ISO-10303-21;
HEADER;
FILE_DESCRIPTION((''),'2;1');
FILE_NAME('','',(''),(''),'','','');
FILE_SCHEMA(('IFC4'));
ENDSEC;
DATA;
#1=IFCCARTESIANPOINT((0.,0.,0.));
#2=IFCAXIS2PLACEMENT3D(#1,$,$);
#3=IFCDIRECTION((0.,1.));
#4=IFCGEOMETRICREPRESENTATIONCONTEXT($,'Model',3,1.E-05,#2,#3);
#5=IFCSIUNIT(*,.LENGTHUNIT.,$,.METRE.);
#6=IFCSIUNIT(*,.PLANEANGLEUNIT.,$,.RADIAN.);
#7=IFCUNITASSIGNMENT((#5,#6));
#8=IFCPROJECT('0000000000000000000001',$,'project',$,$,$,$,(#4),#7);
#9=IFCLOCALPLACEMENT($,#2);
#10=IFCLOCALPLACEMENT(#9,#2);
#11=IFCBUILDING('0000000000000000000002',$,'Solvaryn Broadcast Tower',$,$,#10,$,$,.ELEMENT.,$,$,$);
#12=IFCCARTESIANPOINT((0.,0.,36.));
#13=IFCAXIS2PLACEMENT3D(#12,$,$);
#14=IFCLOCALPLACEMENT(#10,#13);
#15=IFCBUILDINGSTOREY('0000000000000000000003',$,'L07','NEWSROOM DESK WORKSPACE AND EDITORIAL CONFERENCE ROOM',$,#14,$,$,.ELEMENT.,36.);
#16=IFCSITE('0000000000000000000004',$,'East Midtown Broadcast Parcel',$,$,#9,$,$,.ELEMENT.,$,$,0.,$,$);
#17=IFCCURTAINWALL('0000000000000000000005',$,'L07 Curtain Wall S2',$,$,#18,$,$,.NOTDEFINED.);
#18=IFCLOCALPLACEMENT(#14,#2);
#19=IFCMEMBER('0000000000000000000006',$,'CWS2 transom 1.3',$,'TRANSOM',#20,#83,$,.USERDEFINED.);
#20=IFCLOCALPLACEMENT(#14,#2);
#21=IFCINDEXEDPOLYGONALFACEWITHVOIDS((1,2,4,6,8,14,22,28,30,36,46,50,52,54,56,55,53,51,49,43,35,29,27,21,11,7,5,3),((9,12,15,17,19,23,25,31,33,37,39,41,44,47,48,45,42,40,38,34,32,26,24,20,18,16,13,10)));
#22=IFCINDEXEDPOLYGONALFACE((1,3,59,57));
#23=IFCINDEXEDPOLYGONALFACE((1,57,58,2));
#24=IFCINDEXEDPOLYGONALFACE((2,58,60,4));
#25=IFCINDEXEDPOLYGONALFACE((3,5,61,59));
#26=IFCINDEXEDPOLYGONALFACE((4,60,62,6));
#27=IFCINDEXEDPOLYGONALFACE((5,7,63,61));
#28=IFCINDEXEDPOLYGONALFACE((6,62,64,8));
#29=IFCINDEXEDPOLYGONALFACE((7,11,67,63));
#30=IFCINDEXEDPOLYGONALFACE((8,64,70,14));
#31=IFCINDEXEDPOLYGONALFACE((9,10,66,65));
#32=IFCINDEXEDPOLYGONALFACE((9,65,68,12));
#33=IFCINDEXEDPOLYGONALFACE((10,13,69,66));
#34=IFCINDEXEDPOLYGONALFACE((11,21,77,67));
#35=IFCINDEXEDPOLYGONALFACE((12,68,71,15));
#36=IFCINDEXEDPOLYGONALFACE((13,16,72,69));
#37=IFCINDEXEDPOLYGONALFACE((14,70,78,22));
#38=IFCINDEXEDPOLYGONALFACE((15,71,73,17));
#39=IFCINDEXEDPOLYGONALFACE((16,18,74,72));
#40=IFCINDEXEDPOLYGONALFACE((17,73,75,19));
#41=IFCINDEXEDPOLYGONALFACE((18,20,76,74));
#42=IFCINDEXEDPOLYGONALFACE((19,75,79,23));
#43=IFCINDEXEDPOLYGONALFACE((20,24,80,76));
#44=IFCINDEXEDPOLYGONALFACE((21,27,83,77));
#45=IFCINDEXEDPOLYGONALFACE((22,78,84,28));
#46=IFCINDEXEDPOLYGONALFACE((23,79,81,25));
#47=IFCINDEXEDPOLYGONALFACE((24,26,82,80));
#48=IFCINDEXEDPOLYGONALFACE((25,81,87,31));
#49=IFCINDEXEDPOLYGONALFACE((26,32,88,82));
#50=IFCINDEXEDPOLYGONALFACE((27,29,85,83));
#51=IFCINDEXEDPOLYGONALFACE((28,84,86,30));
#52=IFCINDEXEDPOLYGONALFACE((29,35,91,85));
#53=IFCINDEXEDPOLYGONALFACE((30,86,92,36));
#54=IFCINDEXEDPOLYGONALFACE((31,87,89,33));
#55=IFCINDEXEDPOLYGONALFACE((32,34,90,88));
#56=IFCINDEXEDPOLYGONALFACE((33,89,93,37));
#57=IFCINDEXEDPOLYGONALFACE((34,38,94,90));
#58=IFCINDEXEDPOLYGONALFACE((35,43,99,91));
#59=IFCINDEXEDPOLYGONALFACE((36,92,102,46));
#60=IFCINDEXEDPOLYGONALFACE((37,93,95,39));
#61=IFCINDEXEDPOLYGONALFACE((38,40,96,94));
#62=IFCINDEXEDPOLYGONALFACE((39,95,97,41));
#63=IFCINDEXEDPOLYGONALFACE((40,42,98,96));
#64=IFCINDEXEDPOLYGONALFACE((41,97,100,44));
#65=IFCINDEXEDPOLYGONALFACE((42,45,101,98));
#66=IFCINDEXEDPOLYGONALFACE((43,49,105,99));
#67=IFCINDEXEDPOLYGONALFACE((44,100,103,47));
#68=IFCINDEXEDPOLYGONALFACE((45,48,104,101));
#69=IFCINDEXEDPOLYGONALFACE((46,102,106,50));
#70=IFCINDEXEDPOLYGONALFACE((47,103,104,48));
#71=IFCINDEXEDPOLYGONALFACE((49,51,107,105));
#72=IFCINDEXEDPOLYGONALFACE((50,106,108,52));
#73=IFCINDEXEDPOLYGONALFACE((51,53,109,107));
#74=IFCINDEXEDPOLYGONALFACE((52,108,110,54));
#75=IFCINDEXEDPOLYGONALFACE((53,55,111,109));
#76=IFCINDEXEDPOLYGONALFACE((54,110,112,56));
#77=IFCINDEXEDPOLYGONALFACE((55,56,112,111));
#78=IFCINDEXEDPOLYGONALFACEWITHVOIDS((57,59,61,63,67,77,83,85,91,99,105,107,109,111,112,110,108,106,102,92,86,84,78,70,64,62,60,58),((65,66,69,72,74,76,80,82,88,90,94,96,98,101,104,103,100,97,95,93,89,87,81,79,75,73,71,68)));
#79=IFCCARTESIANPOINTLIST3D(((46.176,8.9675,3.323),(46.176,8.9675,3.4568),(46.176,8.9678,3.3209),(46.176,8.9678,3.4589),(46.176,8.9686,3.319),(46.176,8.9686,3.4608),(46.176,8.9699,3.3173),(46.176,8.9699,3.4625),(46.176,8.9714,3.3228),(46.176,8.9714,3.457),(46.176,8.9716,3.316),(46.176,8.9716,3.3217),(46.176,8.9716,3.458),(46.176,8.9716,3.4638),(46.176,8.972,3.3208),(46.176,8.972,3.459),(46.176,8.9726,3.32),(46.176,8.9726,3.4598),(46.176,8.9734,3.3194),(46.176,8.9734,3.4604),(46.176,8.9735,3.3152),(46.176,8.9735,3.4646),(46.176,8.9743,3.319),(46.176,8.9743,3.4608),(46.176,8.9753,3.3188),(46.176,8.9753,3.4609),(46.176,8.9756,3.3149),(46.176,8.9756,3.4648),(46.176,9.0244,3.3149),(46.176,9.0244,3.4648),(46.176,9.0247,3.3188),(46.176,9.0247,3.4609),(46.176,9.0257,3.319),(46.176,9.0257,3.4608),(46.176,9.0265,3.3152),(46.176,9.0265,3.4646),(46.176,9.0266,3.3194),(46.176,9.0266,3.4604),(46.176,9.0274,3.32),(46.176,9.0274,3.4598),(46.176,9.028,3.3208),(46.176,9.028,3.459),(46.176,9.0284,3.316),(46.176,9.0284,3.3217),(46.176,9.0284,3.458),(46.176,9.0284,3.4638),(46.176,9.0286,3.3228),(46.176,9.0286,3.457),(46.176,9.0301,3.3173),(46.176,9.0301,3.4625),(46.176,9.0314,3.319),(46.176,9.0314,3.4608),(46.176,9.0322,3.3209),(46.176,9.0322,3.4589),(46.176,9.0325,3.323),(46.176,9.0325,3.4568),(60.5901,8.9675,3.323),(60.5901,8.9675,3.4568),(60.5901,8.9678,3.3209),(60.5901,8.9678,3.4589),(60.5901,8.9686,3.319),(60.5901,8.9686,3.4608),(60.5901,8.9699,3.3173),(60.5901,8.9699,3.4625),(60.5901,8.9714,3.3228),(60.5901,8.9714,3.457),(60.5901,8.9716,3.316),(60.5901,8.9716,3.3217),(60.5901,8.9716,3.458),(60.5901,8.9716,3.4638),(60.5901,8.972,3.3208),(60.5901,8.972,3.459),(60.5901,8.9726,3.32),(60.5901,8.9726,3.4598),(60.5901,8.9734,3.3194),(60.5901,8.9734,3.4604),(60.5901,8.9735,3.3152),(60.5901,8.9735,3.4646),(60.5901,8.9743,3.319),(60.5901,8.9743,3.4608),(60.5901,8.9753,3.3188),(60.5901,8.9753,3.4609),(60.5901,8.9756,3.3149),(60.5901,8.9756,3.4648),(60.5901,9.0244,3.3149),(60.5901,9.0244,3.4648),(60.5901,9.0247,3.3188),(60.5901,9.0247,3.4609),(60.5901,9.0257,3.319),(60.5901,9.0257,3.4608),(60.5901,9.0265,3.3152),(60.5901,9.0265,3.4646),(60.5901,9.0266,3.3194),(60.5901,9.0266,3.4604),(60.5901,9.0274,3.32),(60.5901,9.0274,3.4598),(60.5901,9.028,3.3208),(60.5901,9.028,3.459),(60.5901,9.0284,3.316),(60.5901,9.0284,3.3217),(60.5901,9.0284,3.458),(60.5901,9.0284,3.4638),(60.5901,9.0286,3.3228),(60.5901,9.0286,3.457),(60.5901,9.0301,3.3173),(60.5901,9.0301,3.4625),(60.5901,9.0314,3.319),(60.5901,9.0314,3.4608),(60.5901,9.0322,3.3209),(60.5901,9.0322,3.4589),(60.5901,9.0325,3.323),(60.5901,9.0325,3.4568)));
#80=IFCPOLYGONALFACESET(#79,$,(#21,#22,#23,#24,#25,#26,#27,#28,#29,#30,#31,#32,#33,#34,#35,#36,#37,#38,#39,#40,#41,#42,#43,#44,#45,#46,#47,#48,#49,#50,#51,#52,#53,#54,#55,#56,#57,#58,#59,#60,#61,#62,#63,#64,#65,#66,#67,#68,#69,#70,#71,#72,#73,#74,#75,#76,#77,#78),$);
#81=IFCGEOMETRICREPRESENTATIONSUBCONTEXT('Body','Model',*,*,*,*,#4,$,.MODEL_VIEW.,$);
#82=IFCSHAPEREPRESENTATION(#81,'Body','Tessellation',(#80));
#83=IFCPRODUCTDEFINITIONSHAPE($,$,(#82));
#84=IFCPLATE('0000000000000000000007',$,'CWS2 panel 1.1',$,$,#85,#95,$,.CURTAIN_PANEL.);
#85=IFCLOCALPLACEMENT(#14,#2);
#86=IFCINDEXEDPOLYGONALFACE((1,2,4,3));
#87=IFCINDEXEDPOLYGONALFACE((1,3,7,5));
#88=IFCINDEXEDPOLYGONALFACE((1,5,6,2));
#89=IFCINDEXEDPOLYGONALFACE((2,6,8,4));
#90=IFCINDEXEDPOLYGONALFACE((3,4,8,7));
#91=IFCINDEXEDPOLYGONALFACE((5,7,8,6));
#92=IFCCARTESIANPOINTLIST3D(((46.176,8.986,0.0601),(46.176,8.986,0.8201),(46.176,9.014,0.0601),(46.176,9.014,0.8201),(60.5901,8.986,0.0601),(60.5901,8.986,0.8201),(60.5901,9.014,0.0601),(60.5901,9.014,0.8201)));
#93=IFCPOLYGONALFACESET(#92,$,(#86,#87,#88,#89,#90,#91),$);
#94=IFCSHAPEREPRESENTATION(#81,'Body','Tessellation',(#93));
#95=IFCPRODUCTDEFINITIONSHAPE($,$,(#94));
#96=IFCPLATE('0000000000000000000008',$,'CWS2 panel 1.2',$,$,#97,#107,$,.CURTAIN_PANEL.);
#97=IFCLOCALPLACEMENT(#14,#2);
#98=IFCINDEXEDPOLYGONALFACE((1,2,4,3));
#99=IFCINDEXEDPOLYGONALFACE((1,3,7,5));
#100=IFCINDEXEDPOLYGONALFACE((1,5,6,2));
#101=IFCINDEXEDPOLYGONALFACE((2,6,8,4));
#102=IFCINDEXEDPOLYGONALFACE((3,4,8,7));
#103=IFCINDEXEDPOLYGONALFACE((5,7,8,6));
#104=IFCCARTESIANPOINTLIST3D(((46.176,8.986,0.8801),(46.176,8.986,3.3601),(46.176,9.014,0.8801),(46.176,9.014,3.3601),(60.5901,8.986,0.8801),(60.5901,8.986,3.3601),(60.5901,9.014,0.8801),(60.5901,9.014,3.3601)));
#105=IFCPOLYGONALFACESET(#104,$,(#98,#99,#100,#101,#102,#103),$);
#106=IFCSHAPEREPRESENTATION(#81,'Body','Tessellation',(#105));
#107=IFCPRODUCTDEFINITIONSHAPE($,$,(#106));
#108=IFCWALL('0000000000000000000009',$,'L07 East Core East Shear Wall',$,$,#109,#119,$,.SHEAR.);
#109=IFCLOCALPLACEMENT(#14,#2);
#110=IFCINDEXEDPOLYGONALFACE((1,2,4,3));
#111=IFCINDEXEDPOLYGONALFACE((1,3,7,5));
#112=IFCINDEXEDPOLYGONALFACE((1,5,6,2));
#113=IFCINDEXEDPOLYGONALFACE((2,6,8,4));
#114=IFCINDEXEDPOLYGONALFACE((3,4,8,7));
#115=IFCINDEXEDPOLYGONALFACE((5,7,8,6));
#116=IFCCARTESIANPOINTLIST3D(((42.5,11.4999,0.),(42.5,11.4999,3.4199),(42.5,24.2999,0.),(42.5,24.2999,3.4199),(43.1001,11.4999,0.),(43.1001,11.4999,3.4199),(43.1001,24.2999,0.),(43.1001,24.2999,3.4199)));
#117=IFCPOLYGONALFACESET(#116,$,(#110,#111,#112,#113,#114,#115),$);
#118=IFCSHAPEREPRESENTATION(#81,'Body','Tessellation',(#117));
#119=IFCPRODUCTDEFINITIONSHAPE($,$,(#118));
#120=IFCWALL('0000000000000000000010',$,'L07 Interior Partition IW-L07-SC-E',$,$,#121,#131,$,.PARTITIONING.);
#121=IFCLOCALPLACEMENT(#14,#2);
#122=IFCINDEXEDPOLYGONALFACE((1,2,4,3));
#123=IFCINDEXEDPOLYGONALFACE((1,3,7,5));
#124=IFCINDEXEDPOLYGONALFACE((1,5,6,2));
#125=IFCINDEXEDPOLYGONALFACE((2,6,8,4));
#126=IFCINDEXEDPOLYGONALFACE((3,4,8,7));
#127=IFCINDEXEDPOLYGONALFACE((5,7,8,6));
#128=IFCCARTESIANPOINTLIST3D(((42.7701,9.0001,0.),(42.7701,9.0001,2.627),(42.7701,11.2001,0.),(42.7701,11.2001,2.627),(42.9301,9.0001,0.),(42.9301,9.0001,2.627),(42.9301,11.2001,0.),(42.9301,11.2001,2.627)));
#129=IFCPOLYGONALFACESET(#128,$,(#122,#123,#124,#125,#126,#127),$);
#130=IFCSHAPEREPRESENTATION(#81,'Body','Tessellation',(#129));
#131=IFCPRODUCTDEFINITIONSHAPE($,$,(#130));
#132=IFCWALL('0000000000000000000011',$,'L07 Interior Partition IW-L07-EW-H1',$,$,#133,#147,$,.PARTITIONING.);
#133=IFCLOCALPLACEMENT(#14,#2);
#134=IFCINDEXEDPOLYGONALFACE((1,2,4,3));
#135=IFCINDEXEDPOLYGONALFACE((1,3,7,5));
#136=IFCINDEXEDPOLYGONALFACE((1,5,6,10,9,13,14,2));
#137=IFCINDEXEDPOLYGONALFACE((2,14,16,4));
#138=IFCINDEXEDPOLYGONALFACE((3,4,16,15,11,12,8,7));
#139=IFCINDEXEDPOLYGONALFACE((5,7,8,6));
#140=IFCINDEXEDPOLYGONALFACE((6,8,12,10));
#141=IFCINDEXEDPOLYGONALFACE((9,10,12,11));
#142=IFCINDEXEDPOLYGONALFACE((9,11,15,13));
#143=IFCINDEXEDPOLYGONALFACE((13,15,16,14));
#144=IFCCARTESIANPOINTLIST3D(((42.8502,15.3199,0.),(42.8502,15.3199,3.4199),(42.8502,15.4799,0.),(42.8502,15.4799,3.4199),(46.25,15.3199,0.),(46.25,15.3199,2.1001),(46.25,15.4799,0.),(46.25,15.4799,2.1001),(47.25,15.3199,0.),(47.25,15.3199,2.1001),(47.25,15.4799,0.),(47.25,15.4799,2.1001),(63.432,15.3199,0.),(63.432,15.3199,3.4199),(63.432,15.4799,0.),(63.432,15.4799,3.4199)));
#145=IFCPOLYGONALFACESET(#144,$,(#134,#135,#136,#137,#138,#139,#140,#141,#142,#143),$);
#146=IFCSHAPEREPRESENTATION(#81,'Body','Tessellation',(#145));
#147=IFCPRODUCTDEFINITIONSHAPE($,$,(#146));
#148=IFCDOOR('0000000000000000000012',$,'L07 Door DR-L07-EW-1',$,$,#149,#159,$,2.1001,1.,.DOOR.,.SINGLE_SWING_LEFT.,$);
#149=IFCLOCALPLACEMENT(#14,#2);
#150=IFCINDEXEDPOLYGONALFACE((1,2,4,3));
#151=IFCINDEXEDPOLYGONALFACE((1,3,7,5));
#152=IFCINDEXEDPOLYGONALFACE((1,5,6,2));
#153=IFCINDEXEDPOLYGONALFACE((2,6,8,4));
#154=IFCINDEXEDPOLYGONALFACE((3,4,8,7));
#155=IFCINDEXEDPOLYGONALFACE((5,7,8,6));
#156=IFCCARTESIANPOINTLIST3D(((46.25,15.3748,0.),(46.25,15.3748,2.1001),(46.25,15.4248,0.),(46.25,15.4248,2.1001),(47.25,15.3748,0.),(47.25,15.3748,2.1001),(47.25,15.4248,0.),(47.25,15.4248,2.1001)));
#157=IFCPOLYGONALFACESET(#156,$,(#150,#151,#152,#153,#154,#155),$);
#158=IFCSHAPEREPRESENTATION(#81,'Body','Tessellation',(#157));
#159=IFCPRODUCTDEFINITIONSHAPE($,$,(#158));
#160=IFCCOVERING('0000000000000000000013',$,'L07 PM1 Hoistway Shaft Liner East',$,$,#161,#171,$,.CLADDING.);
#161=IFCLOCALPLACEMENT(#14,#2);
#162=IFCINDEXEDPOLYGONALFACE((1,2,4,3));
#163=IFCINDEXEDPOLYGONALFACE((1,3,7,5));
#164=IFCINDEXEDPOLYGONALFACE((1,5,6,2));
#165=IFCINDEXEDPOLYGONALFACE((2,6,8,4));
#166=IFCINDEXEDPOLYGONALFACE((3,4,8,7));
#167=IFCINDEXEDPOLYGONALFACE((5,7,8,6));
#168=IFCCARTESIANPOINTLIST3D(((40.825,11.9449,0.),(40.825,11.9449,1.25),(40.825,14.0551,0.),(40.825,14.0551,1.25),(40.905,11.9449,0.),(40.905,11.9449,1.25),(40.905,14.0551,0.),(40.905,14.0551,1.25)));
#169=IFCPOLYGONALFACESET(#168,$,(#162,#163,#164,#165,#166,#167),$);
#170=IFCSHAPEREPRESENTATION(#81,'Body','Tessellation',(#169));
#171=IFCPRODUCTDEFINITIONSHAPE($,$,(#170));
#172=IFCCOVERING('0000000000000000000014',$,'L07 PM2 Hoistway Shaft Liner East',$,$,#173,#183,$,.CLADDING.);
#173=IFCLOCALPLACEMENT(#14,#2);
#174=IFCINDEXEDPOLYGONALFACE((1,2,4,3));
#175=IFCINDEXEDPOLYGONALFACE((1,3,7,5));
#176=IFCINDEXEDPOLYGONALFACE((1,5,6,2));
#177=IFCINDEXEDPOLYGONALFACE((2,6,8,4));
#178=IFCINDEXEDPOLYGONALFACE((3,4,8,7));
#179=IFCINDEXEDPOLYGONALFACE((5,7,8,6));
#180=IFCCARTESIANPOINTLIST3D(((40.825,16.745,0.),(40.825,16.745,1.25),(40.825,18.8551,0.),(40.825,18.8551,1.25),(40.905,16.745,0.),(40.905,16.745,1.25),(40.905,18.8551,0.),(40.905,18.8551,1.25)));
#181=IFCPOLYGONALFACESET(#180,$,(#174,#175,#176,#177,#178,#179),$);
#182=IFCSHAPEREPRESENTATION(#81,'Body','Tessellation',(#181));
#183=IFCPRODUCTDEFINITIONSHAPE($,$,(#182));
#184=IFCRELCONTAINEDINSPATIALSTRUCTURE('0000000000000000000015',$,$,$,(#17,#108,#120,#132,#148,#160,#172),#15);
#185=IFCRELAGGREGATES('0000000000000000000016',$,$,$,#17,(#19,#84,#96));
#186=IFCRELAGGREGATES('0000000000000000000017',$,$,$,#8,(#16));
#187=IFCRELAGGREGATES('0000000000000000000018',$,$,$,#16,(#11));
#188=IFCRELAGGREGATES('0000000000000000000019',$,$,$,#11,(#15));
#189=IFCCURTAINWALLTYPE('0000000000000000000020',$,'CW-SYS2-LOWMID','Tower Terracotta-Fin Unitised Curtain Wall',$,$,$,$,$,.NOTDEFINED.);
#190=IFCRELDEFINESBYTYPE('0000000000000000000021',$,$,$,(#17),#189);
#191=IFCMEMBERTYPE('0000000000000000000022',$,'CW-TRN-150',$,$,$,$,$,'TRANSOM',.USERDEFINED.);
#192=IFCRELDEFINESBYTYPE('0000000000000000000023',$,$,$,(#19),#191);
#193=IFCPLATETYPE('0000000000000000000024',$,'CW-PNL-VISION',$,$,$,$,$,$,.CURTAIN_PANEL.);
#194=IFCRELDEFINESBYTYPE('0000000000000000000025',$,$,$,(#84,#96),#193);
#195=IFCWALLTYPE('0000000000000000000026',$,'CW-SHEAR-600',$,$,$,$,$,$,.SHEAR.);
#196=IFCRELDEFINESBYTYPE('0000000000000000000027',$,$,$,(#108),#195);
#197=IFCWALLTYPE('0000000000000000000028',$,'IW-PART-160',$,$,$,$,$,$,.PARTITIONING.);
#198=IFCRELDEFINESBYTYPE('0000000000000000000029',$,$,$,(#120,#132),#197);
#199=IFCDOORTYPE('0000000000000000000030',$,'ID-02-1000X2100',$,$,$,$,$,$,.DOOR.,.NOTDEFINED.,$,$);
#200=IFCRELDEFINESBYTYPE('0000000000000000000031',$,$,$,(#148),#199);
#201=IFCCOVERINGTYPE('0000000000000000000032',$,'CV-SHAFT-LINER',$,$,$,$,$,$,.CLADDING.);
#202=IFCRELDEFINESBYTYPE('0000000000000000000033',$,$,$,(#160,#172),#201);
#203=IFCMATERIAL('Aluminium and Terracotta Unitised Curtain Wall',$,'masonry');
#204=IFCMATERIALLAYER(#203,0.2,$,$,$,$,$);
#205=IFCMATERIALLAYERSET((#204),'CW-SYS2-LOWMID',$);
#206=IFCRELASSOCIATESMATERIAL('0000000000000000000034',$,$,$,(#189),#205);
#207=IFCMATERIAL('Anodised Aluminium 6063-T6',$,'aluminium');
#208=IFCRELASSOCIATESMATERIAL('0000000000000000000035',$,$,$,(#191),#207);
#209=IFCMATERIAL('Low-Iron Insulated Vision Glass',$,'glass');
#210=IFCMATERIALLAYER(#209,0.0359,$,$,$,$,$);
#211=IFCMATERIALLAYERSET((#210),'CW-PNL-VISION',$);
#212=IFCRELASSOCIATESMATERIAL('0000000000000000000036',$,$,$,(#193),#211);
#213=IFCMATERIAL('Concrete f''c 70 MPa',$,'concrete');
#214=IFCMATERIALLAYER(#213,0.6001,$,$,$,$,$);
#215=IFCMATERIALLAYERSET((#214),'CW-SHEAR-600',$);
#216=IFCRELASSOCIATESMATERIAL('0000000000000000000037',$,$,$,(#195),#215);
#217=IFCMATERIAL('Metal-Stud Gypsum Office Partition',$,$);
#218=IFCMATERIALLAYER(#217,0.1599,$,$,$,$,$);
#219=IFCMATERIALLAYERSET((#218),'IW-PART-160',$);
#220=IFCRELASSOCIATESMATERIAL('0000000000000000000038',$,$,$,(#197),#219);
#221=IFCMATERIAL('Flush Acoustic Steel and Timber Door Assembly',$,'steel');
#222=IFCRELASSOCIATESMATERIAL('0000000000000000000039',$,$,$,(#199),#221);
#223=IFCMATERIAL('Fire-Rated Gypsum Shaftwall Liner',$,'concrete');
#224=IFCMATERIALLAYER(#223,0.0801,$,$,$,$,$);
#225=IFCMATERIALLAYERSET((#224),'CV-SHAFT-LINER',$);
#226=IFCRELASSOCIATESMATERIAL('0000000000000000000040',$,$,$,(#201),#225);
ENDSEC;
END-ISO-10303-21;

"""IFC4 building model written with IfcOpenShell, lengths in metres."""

from ifc_helpers import new_model, si_unit, direction, frame, frame_2d, origin, origin_2d, place, context, subcontext, project, spatial, rectangle, hollow_rectangle, extrude, material, layer, layer_set, material_profile, profile_set, type_object, element, fill, aggregate, save


model = new_model("IFC4")

# Units and contexts
model_context = context("Model", 3, precision=1e-05, world=origin(), true_north=direction((0.0, 1.0)))
body_context = subcontext(model_context, "Body", "Model", "MODEL_VIEW")
ifc_project = project(units=[si_unit("LENGTHUNIT", "METRE"), si_unit("PLANEANGLEUNIT", "RADIAN")], contexts=[model_context])

# Site, building, storey
site_placement = place(None, origin())
site = spatial("IfcSite", under=ifc_project, at=site_placement, Name="East Midtown Broadcast Parcel", CompositionType="ELEMENT", RefElevation=0.0)
building_placement = place(site_placement, origin())
building = spatial("IfcBuilding", under=site, at=building_placement, Name="Solvaryn Broadcast Tower", CompositionType="ELEMENT")
storey_placement = place(building_placement, frame((0.0, 0.0, 36.0)))
storey = spatial("IfcBuildingStorey", under=building, at=storey_placement, Name="L07", Description="NEWSROOM DESK WORKSPACE AND EDITORIAL CONFERENCE ROOM", CompositionType="ELEMENT", Elevation=36.0)

# Shared definitions
ifc_material_1 = material(Name="Aluminium and Terracotta Unitised Curtain Wall", Category="masonry")
ifc_layer_1 = layer(ifc_material_1, 0.2)
ifc_layer_set_1 = layer_set([ifc_layer_1], Name="CW-SYS2-LOWMID")
curtain_wall_type = type_object("IfcCurtainWallType", Name="CW-SYS2-LOWMID", Description="Tower Terracotta-Fin Unitised Curtain Wall", PredefinedType="NOTDEFINED", material=ifc_layer_set_1)

# Curtain wall, member, plates
curtain_wall_1_placement = place(storey_placement, origin())
curtain_wall_1 = element("IfcCurtainWall", 1, at=curtain_wall_1_placement, inside=storey, type_object=curtain_wall_type, Name="L07 Curtain Wall S2", PredefinedType="NOTDEFINED")
ifc_material_2 = material(Name="Anodised Aluminium 6063-T6", Category="aluminium")
ifc_material_profile_1 = material_profile(ifc_material_2, hollow_rectangle(XDim=0.0649, YDim=0.1499, WallThickness=0.0039, InnerFilletRadius=0.0039, OuterFilletRadius=0.0081, at=origin_2d()))
ifc_profile_set_1 = profile_set([ifc_material_profile_1], Name="Anodised Aluminium 6063-T6")
member_type_1 = type_object("IfcMemberType", Name="CW-TRN-150", ElementType="TRANSOM", PredefinedType="USERDEFINED", material=ifc_profile_set_1)
member_1_placement = place(storey_placement, frame((46.176, 9.0, 3.3899), z_axis=(1.0, 0.0, 0.0), x_axis=(0.0, 1.0, 0.0)))
member_1 = element("IfcMember", 2, at=member_1_placement, type_object=member_type_1, Name="CWS2 transom 1.3", ObjectType="TRANSOM", PredefinedType="USERDEFINED", context=body_context, shape_type="SweptSolid", body=[
    extrude(hollow_rectangle(XDim=0.0649, YDim=0.1499, WallThickness=0.0039, InnerFilletRadius=0.0039, OuterFilletRadius=0.0081, at=origin_2d()), origin(), (0.0, 0.0, 1.0), 14.4141),
])
ifc_material_3 = material(Name="Low-Iron Insulated Vision Glass", Category="glass")
ifc_layer_2 = layer(ifc_material_3, 0.0359)
ifc_layer_set_2 = layer_set([ifc_layer_2], Name="CW-PNL-VISION")
plate_type = type_object("IfcPlateType", Name="CW-PNL-VISION", PredefinedType="CURTAIN_PANEL", material=ifc_layer_set_2)
plate_1_placement = place(storey_placement, frame((53.3831, 9.0, 0.0601), z_axis=(0.0, 0.0, 1.0), x_axis=(1.0, 0.0, 0.0)))
plate_1 = element("IfcPlate", 3, at=plate_1_placement, type_object=plate_type, Name="CWS2 panel 1.1", PredefinedType="CURTAIN_PANEL", context=body_context, shape_type="SweptSolid", body=[
    extrude(rectangle(XDim=14.4141, YDim=0.0281, at=origin_2d()), origin(), (0.0, 0.0, 1.0), 0.76),
])
plate_2_placement = place(storey_placement, frame((53.3831, 9.0, 0.8801), z_axis=(0.0, 0.0, 1.0), x_axis=(1.0, 0.0, 0.0)))
plate_2 = element("IfcPlate", 4, at=plate_2_placement, type_object=plate_type, Name="CWS2 panel 1.2", PredefinedType="CURTAIN_PANEL", context=body_context, shape_type="SweptSolid", body=[
    extrude(rectangle(XDim=14.4141, YDim=0.0281, at=origin_2d()), origin(), (0.0, 0.0, 1.0), 2.48),
])
aggregate(curtain_wall_1, [member_1, plate_1, plate_2])

# Walls
ifc_material_4 = material(Name="Concrete f'c 70 MPa", Category="concrete")
ifc_layer_3 = layer(ifc_material_4, 0.6001)
ifc_layer_set_3 = layer_set([ifc_layer_3], Name="CW-SHEAR-600")
wall_type_1 = type_object("IfcWallType", Name="CW-SHEAR-600", PredefinedType="SHEAR", material=ifc_layer_set_3)
wall_1_placement = place(storey_placement, frame((42.8, 11.5, 0.0), z_axis=(0.0, 0.0, 1.0), x_axis=(0.0, 1.0, 0.0)))
element("IfcWall", 5, at=wall_1_placement, inside=storey, type_object=wall_type_1, Name="L07 East Core East Shear Wall", PredefinedType="SHEAR", context=body_context, shape_type="SweptSolid", body=[
    extrude(rectangle(XDim=12.8, YDim=0.6001, at=frame_2d((6.3999, 0.0))), origin(), (0.0, 0.0, 1.0), 3.4199),
])
ifc_material_5 = material(Name="Metal-Stud Gypsum Office Partition")
ifc_layer_4 = layer(ifc_material_5, 0.1599)
ifc_layer_set_4 = layer_set([ifc_layer_4], Name="IW-PART-160")
wall_type_2 = type_object("IfcWallType", Name="IW-PART-160", PredefinedType="PARTITIONING", material=ifc_layer_set_4)
wall_2_placement = place(storey_placement, frame((42.8501, 9.0, 0.0), z_axis=(0.0, 0.0, 1.0), x_axis=(0.0, 1.0, 0.0)))
element("IfcWall", 6, at=wall_2_placement, inside=storey, type_object=wall_type_2, Name="L07 Interior Partition IW-L07-SC-E", PredefinedType="PARTITIONING", context=body_context, shape_type="SweptSolid", body=[
    extrude(rectangle(XDim=2.2, YDim=0.1599, at=frame_2d((1.1001, 0.0))), origin(), (0.0, 0.0, 1.0), 2.627),
])

# Wall, opening, door
wall_3_placement = place(storey_placement, frame((42.8501, 15.3999, 0.0), z_axis=(0.0, 0.0, 1.0), x_axis=(1.0, 0.0, 0.0)))
wall_3 = element("IfcWall", 7, at=wall_3_placement, inside=storey, type_object=wall_type_2, Name="L07 Interior Partition IW-L07-EW-H1", PredefinedType="PARTITIONING", context=body_context, shape_type="SweptSolid", body=[
    extrude(rectangle(XDim=20.5818, YDim=0.1599, at=frame_2d((10.291, 0.0))), origin(), (0.0, 0.0, 1.0), 3.4199),
])
opening_1_placement = place(wall_3_placement, frame((3.3999, 0.0, 0.0)))
opening_1 = element("IfcOpeningElement", 8, at=opening_1_placement, cuts=wall_3, PredefinedType="OPENING", context=body_context, shape_type="SweptSolid", body=[
    extrude(rectangle(XDim=1.0, YDim=2.1001, at=frame_2d((0.5, 1.05))), frame((0.0, 0.0901, 0.0), z_axis=(0.0, -1.0, 0.0), x_axis=(1.0, 0.0, 0.0)), (0.0, 0.0, 1.0), 0.1799),
])
ifc_material_6 = material(Name="Flush Acoustic Steel and Timber Door Assembly", Category="steel")
door_type_1 = type_object("IfcDoorType", Name="ID-02-1000X2100", OperationType="NOTDEFINED", PredefinedType="DOOR", material=ifc_material_6)
door_1_placement = place(opening_1_placement, origin())
door_1 = element("IfcDoor", 9, at=door_1_placement, inside=storey, type_object=door_type_1, Name="L07 Door DR-L07-EW-1", OperationType="SINGLE_SWING_LEFT", OverallHeight=2.1001, OverallWidth=1.0, PredefinedType="DOOR", context=body_context, shape_type="SweptSolid", body=[
    extrude(rectangle(XDim=1.0, YDim=2.1001, at=frame_2d((0.5, 1.05))), frame((0.0, 0.0249, 0.0), z_axis=(0.0, -1.0, 0.0), x_axis=(1.0, 0.0, 0.0)), (0.0, 0.0, 1.0), 0.05),
])
fill(opening_1, door_1)

# Coverings
ifc_material_7 = material(Name="Fire-Rated Gypsum Shaftwall Liner", Category="concrete")
ifc_layer_5 = layer(ifc_material_7, 0.0801)
ifc_layer_set_5 = layer_set([ifc_layer_5], Name="CV-SHAFT-LINER")
covering_type_1 = type_object("IfcCoveringType", Name="CV-SHAFT-LINER", PredefinedType="CLADDING", material=ifc_layer_set_5)
for number, where, z_axis, x_axis, name in (
    (10, (40.865, 13.0, 0.0), (0.0, 0.0, 1.0), (1.0, 0.0, 0.0), "L07 PM1 Hoistway Shaft Liner East"),
    (11, (40.865, 17.8, 0.0), (0.0, 0.0, 1.0), (1.0, 0.0, 0.0), "L07 PM2 Hoistway Shaft Liner East"),
):
    element("IfcCovering", number, at=place(storey_placement, frame(where, z_axis=z_axis, x_axis=x_axis)), inside=storey, type_object=covering_type_1, Name=name, PredefinedType="CLADDING", context=body_context, shape_type="SweptSolid", body=[
        extrude(rectangle(XDim=0.0801, YDim=2.1101, at=origin_2d()), origin(), (0.0, 0.0, 1.0), 1.25),
    ])

save(model, "model.ifc")
